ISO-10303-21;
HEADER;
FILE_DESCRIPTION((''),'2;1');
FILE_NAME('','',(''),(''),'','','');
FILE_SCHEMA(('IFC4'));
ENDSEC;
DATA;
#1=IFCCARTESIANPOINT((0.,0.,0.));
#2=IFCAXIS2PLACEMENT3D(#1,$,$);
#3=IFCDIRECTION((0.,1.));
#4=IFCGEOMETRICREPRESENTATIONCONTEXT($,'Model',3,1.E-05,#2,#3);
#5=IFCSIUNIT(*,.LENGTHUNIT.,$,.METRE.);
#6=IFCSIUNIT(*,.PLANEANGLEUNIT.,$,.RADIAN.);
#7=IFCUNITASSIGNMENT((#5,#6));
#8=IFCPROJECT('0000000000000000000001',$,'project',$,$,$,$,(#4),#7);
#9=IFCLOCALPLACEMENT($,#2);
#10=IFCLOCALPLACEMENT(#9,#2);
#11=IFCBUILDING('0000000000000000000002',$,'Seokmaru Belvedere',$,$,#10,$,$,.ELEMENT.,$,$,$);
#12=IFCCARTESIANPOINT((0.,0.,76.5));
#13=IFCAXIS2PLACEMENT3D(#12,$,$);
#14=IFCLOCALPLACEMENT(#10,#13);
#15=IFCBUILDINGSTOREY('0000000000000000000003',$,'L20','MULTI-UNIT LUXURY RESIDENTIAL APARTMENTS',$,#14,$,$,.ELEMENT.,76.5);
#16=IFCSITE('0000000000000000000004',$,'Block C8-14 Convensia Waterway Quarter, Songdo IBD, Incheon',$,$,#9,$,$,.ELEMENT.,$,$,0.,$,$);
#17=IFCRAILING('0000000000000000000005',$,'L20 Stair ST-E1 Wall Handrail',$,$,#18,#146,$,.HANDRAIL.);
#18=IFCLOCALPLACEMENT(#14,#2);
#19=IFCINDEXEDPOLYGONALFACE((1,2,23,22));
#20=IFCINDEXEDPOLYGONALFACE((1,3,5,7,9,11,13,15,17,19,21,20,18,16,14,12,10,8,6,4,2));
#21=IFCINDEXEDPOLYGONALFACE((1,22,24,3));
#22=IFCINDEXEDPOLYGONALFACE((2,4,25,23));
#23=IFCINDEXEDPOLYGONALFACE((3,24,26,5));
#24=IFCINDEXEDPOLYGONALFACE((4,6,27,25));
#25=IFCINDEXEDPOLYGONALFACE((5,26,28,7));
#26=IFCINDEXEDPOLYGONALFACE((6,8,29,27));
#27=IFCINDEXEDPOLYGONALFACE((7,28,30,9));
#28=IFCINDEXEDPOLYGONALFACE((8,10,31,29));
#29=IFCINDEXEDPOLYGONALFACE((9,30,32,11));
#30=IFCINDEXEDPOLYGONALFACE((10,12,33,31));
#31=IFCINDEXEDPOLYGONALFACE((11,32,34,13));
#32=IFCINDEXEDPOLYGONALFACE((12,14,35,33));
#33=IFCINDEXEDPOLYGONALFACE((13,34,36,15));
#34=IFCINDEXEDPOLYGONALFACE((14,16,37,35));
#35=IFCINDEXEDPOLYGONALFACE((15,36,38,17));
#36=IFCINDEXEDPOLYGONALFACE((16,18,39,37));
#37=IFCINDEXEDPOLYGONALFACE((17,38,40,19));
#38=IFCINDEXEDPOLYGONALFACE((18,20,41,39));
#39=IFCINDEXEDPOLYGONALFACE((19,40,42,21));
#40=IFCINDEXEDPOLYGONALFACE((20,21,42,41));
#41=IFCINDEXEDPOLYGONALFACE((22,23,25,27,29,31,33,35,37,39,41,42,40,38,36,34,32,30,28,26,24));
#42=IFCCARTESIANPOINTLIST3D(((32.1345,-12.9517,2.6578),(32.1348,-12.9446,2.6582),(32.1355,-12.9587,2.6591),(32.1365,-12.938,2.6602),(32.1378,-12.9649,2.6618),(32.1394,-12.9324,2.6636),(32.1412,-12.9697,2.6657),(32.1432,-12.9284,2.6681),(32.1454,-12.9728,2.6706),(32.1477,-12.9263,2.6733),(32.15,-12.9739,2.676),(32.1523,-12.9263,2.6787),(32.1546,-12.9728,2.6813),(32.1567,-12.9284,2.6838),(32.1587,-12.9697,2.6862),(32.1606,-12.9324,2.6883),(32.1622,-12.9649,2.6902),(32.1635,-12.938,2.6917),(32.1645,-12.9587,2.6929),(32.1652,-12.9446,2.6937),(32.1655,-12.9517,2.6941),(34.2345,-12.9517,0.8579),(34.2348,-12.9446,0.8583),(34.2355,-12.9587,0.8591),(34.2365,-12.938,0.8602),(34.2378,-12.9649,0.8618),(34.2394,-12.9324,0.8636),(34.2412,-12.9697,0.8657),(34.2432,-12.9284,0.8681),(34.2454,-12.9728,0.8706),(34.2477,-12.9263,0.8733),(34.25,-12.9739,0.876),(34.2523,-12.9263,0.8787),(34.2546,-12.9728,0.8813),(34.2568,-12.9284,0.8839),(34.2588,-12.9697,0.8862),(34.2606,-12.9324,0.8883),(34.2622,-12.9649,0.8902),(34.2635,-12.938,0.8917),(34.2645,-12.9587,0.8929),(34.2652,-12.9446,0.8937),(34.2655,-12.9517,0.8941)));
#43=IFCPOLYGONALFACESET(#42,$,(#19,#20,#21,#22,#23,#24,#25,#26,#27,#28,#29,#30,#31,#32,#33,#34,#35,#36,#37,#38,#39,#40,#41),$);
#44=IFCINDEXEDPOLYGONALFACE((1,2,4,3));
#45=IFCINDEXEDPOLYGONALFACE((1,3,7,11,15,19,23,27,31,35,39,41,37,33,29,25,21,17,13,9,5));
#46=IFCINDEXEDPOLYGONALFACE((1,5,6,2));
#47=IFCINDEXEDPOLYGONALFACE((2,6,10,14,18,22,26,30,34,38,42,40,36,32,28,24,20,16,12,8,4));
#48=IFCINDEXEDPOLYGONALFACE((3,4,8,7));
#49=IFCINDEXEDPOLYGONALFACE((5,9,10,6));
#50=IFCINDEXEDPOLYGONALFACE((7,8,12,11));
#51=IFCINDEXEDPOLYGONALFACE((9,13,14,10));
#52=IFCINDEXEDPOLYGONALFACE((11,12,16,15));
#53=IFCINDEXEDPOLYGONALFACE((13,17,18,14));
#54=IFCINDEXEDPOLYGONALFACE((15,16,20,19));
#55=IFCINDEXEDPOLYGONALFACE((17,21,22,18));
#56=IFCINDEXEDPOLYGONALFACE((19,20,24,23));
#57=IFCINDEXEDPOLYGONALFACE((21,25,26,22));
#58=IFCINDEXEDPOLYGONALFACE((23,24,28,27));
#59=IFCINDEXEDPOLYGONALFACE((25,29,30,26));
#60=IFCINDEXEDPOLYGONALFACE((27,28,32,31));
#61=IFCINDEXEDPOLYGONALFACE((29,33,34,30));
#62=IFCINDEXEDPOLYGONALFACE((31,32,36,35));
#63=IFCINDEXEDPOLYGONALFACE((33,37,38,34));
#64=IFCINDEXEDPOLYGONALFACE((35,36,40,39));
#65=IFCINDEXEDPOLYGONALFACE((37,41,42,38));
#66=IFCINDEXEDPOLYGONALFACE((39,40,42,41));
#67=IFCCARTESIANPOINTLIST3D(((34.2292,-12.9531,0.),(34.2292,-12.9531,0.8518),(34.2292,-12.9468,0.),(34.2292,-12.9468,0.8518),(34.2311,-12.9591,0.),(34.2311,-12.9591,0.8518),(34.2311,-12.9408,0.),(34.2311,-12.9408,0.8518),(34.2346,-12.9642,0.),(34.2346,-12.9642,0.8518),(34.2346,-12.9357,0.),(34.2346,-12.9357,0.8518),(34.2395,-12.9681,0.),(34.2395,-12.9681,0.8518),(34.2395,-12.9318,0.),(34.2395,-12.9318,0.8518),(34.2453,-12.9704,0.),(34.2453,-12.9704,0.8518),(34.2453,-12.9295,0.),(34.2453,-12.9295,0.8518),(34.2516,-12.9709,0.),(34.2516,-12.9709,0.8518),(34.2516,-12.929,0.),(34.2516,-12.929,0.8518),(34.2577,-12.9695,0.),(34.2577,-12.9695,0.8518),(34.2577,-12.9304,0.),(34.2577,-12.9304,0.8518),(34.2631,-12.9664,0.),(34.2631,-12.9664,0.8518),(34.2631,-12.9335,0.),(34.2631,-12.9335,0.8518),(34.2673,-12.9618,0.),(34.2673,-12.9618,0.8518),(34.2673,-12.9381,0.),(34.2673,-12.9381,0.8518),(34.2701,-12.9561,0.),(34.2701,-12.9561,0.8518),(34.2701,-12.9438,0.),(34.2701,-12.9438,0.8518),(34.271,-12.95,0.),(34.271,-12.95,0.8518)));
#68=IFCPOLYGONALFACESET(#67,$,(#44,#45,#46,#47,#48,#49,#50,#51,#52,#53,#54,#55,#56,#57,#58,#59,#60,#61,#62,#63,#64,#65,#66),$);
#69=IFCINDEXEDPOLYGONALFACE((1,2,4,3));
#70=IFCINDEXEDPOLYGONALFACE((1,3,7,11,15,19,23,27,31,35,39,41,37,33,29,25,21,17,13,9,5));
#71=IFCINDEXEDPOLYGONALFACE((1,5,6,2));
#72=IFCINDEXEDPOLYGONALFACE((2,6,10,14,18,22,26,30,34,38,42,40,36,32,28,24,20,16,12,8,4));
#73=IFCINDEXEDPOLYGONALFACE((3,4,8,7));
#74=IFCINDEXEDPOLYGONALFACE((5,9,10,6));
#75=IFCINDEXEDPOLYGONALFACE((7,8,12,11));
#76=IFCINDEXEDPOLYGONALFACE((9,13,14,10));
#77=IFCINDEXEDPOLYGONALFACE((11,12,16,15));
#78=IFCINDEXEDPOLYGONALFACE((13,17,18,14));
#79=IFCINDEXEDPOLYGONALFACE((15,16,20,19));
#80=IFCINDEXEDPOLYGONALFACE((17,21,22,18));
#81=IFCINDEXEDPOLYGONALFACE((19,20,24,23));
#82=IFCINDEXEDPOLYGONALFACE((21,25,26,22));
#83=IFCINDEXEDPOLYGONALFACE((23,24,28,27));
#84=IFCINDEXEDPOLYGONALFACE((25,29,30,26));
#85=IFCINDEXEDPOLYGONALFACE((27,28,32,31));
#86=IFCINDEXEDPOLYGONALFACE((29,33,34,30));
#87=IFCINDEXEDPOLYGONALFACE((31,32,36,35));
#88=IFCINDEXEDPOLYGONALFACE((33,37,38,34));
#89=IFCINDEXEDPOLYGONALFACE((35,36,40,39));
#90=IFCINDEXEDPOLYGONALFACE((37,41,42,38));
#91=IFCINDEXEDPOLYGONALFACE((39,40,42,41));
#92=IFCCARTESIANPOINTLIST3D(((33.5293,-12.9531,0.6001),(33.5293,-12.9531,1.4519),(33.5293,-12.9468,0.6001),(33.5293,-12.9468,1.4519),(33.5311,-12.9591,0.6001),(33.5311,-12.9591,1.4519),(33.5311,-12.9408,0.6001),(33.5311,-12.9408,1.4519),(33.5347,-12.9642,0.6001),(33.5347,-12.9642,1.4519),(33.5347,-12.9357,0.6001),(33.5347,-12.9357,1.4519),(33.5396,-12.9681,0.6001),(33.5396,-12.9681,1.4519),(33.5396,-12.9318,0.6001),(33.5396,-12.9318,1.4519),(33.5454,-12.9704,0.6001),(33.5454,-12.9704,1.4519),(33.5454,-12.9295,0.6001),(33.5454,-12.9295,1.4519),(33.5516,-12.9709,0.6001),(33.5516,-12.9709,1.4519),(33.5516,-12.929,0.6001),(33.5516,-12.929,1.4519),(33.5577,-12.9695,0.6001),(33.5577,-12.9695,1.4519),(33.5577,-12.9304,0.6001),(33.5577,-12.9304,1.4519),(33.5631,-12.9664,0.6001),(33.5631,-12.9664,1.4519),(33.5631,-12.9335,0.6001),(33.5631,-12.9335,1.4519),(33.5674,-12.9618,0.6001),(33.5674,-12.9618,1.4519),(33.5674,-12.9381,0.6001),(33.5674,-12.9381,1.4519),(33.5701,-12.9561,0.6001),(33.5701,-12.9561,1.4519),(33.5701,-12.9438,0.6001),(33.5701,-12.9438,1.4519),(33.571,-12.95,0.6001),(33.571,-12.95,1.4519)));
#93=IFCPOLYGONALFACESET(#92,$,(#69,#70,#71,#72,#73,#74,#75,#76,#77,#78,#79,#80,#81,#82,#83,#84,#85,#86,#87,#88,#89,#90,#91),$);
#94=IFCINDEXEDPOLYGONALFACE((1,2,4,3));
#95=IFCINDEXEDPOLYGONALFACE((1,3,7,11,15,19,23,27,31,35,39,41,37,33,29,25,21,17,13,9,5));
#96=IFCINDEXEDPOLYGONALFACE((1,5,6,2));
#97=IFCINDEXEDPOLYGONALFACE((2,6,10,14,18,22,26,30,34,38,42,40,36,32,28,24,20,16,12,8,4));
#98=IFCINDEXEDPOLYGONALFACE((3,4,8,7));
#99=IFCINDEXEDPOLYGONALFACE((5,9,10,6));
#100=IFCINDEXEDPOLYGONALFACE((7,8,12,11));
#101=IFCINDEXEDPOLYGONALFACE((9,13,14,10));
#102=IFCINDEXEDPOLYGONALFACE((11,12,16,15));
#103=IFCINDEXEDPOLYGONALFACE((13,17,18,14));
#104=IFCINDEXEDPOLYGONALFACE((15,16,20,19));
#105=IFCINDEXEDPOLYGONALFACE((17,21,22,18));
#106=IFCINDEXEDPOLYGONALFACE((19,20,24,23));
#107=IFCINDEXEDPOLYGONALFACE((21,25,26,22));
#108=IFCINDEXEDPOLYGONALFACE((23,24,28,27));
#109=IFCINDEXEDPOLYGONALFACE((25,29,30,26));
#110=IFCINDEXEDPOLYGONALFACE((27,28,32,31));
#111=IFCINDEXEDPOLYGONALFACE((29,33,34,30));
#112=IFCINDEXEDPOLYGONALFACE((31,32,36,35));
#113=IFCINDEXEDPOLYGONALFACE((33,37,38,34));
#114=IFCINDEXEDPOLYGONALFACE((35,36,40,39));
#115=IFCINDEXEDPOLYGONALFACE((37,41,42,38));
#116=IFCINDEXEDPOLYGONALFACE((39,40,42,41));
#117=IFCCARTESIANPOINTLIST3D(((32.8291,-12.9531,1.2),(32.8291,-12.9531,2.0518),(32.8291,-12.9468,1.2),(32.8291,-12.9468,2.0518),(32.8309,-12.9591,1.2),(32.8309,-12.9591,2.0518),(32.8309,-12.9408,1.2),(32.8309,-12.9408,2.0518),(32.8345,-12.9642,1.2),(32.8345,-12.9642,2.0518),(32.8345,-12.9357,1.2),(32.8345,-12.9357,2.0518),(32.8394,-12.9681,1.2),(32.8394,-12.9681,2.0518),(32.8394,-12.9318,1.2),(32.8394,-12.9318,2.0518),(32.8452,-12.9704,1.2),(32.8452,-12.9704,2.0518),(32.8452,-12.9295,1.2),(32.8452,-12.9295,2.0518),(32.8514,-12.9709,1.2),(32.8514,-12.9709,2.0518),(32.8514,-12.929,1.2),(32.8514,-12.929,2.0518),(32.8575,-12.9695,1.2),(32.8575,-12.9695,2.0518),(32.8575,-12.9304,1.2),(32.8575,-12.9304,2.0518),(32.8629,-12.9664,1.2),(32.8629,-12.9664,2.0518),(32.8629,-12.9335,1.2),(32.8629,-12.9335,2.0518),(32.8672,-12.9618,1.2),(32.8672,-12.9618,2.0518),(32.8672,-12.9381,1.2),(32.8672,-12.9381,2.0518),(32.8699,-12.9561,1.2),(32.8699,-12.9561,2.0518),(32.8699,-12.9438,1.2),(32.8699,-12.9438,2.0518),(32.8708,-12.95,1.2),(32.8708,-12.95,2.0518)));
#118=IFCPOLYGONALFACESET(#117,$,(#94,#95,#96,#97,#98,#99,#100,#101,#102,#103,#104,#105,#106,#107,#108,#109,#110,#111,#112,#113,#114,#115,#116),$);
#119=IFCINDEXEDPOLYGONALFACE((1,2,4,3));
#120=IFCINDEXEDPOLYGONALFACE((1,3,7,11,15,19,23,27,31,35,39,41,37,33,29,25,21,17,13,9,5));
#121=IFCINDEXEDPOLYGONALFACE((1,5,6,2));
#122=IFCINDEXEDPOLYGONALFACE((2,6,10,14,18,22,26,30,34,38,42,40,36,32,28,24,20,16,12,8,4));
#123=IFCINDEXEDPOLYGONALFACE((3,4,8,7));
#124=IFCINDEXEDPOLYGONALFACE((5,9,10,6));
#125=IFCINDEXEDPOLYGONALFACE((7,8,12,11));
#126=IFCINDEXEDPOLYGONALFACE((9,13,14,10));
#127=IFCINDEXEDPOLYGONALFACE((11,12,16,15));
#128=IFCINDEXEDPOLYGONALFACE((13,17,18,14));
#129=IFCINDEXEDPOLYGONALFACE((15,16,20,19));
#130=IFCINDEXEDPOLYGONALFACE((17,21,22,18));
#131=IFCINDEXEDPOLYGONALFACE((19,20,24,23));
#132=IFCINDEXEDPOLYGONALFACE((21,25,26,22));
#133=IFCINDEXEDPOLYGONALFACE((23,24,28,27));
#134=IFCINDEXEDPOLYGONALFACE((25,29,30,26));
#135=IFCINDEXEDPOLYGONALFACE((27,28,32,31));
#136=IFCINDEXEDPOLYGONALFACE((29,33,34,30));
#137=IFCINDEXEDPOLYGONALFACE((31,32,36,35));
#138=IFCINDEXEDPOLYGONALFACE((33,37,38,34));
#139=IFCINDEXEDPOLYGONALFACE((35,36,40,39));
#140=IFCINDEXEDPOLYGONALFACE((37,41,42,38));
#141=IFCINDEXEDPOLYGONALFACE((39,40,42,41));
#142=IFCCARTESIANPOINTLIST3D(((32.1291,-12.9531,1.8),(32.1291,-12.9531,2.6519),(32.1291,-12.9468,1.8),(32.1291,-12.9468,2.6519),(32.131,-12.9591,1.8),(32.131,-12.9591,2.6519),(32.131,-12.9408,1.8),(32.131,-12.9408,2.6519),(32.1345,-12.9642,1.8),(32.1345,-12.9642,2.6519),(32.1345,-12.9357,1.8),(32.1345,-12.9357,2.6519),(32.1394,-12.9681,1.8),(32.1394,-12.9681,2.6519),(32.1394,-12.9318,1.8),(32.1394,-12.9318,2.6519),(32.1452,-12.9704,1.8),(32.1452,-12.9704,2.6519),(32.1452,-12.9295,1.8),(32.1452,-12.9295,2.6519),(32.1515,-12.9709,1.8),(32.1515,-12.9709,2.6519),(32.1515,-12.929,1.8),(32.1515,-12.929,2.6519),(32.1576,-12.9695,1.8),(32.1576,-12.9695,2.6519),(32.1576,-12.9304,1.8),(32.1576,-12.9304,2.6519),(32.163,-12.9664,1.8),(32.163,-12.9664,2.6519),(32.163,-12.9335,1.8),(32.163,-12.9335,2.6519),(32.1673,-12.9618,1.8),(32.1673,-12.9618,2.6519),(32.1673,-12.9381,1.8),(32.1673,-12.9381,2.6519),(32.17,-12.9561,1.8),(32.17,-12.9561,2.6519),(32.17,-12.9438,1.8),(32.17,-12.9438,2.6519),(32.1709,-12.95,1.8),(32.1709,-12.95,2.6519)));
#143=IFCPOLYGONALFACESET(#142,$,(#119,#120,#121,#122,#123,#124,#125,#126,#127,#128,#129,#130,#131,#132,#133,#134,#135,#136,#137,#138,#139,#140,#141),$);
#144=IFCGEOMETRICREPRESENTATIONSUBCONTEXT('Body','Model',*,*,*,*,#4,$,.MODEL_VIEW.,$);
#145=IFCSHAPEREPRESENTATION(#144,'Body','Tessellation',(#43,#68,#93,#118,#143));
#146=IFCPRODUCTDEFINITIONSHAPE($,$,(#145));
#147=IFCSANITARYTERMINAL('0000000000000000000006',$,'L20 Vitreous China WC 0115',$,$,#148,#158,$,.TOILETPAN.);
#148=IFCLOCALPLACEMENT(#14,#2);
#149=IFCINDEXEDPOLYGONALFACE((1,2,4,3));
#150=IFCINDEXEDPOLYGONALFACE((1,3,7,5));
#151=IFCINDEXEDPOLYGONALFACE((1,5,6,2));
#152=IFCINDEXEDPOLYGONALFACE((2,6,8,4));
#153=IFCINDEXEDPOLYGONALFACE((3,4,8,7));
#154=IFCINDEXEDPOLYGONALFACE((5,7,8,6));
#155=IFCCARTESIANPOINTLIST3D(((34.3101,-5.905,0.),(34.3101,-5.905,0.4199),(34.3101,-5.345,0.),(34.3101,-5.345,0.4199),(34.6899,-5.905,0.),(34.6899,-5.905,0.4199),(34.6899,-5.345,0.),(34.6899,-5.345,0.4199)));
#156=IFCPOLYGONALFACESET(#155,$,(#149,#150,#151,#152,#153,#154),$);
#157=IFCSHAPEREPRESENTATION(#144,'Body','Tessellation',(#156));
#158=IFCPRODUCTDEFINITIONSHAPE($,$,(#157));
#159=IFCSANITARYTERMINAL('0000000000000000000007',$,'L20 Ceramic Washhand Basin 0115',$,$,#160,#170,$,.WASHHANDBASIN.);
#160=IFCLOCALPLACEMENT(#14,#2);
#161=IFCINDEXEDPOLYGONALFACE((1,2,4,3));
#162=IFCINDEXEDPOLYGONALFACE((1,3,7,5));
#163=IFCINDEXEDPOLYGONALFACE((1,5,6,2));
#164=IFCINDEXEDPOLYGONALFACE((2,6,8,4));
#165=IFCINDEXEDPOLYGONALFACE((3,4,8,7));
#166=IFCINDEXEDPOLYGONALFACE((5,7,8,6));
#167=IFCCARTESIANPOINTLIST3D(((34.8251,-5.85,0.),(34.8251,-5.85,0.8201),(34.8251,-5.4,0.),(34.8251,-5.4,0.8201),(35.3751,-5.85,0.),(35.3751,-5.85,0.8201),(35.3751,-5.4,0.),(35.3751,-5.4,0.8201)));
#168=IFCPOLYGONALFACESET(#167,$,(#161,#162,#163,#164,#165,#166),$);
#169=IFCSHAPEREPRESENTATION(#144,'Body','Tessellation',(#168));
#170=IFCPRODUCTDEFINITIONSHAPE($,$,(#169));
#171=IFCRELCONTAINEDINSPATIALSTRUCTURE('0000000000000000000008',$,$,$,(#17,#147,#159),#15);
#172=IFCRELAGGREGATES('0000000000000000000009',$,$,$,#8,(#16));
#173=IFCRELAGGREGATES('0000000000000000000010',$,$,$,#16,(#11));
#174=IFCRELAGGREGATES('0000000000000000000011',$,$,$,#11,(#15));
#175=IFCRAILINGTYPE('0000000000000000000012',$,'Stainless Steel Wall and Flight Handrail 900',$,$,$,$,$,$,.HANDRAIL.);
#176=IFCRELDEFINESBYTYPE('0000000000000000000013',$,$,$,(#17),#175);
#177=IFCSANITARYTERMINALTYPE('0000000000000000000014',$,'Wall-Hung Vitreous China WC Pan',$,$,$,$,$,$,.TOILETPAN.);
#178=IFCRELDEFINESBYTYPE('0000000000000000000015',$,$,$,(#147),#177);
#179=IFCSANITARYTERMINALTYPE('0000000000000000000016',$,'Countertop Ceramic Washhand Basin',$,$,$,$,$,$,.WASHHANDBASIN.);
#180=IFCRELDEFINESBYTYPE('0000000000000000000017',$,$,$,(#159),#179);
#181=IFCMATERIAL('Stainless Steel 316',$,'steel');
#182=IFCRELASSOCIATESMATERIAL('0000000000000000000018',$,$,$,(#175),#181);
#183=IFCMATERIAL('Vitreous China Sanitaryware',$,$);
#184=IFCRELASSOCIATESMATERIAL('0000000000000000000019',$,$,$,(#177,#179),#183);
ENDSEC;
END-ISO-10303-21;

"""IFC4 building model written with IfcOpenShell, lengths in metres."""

from ifc_helpers import new_model, si_unit, direction, frame, origin, origin_2d, place, context, subcontext, project, spatial, rectangle, circle, extrude, source, transform, mapped, material, type_object, type_shapes, element, save


model = new_model("IFC4")

# Units and contexts
model_context = context("Model", 3, precision=1e-05, world=origin(), true_north=direction((0.0, 1.0)))
body_context = subcontext(model_context, "Body", "Model", "MODEL_VIEW")
ifc_project = project(units=[si_unit("LENGTHUNIT", "METRE"), si_unit("PLANEANGLEUNIT", "RADIAN")], contexts=[model_context])

# Site, building, storey
site_placement = place(None, origin())
site = spatial("IfcSite", under=ifc_project, at=site_placement, Name="Block C8-14 Convensia Waterway Quarter, Songdo IBD, Incheon", CompositionType="ELEMENT", RefElevation=0.0)
building_placement = place(site_placement, origin())
building = spatial("IfcBuilding", under=site, at=building_placement, Name="Seokmaru Belvedere", CompositionType="ELEMENT")
storey_placement = place(building_placement, frame((0.0, 0.0, 76.5)))
storey = spatial("IfcBuildingStorey", under=building, at=storey_placement, Name="L20", Description="MULTI-UNIT LUXURY RESIDENTIAL APARTMENTS", CompositionType="ELEMENT", Elevation=76.5)

# Shared definitions
ifc_material_1 = material(Name="Stainless Steel 316", Category="steel")

# Railing
railing_type_1 = type_object("IfcRailingType", Name="Stainless Steel Wall and Flight Handrail 900", PredefinedType="HANDRAIL", material=ifc_material_1)
railing_1_placement = place(storey_placement, frame((34.25, -12.95, 0.0)))
element("IfcRailing", 1, at=railing_1_placement, inside=storey, type_object=railing_type_1, Name="L20 Stair ST-E1 Wall Handrail", PredefinedType="HANDRAIL", context=body_context, shape_type="SweptSolid", body=[
    extrude(circle(Radius=0.0239, at=origin_2d()), frame((0.0, 0.0, 0.876), z_axis=(-0.759263, 0.0, 0.650784), x_axis=(0.0, -1.0, 0.0)), (0.0, 0.0, 1.0), 2.7659),
    extrude(circle(Radius=0.021, at=origin_2d()), origin(), (0.0, 0.0, 1.0), 0.8518),
    extrude(circle(Radius=0.021, at=origin_2d()), frame((-0.7, 0.0, 0.6001)), (0.0, 0.0, 1.0), 0.8518),
    extrude(circle(Radius=0.021, at=origin_2d()), frame((-1.4001, 0.0, 1.2)), (0.0, 0.0, 1.0), 0.8518),
    extrude(circle(Radius=0.021, at=origin_2d()), frame((-2.1001, 0.0, 1.8)), (0.0, 0.0, 1.0), 0.8518),
])

# Sanitary terminals
ifc_material_2 = material(Name="Vitreous China Sanitaryware")
sanitary_terminal_type_1 = type_object("IfcSanitaryTerminalType", Name="Wall-Hung Vitreous China WC Pan", PredefinedType="TOILETPAN", material=ifc_material_2)
shared_shape_1 = source(origin(), body_context, "Body", "SweptSolid", [
    extrude(rectangle(XDim=0.3799, YDim=0.5601, at=origin_2d()), origin(), (0.0, 0.0, 1.0), 0.4199),
])
type_shapes(sanitary_terminal_type_1, [shared_shape_1])
sanitary_terminal_1_placement = place(storey_placement, frame((34.5, -5.625, 0.0), z_axis=(0.0, 0.0, 1.0), x_axis=(1.0, 0.0, 0.0)))
element("IfcSanitaryTerminal", 2, at=sanitary_terminal_1_placement, inside=storey, type_object=sanitary_terminal_type_1, Name="L20 Vitreous China WC 0115", PredefinedType="TOILETPAN", context=body_context, shape_type="MappedRepresentation", body=[
    mapped(shared_shape_1, transform((0.0, 0.0, 0.0), scale=1.0)),
])
sanitary_terminal_type_2 = type_object("IfcSanitaryTerminalType", Name="Countertop Ceramic Washhand Basin", PredefinedType="WASHHANDBASIN", material=ifc_material_2)
shared_shape_2 = source(origin(), body_context, "Body", "SweptSolid", [
    extrude(rectangle(XDim=0.55, YDim=0.45, at=origin_2d()), origin(), (0.0, 0.0, 1.0), 0.8201),
])
type_shapes(sanitary_terminal_type_2, [shared_shape_2])
sanitary_terminal_2_placement = place(storey_placement, frame((35.1001, -5.625, 0.0), z_axis=(0.0, 0.0, 1.0), x_axis=(1.0, 0.0, 0.0)))
element("IfcSanitaryTerminal", 3, at=sanitary_terminal_2_placement, inside=storey, type_object=sanitary_terminal_type_2, Name="L20 Ceramic Washhand Basin 0115", PredefinedType="WASHHANDBASIN", context=body_context, shape_type="MappedRepresentation", body=[
    mapped(shared_shape_2, transform((0.0, 0.0, 0.0), scale=1.0)),
])

save(model, "model.ifc")
